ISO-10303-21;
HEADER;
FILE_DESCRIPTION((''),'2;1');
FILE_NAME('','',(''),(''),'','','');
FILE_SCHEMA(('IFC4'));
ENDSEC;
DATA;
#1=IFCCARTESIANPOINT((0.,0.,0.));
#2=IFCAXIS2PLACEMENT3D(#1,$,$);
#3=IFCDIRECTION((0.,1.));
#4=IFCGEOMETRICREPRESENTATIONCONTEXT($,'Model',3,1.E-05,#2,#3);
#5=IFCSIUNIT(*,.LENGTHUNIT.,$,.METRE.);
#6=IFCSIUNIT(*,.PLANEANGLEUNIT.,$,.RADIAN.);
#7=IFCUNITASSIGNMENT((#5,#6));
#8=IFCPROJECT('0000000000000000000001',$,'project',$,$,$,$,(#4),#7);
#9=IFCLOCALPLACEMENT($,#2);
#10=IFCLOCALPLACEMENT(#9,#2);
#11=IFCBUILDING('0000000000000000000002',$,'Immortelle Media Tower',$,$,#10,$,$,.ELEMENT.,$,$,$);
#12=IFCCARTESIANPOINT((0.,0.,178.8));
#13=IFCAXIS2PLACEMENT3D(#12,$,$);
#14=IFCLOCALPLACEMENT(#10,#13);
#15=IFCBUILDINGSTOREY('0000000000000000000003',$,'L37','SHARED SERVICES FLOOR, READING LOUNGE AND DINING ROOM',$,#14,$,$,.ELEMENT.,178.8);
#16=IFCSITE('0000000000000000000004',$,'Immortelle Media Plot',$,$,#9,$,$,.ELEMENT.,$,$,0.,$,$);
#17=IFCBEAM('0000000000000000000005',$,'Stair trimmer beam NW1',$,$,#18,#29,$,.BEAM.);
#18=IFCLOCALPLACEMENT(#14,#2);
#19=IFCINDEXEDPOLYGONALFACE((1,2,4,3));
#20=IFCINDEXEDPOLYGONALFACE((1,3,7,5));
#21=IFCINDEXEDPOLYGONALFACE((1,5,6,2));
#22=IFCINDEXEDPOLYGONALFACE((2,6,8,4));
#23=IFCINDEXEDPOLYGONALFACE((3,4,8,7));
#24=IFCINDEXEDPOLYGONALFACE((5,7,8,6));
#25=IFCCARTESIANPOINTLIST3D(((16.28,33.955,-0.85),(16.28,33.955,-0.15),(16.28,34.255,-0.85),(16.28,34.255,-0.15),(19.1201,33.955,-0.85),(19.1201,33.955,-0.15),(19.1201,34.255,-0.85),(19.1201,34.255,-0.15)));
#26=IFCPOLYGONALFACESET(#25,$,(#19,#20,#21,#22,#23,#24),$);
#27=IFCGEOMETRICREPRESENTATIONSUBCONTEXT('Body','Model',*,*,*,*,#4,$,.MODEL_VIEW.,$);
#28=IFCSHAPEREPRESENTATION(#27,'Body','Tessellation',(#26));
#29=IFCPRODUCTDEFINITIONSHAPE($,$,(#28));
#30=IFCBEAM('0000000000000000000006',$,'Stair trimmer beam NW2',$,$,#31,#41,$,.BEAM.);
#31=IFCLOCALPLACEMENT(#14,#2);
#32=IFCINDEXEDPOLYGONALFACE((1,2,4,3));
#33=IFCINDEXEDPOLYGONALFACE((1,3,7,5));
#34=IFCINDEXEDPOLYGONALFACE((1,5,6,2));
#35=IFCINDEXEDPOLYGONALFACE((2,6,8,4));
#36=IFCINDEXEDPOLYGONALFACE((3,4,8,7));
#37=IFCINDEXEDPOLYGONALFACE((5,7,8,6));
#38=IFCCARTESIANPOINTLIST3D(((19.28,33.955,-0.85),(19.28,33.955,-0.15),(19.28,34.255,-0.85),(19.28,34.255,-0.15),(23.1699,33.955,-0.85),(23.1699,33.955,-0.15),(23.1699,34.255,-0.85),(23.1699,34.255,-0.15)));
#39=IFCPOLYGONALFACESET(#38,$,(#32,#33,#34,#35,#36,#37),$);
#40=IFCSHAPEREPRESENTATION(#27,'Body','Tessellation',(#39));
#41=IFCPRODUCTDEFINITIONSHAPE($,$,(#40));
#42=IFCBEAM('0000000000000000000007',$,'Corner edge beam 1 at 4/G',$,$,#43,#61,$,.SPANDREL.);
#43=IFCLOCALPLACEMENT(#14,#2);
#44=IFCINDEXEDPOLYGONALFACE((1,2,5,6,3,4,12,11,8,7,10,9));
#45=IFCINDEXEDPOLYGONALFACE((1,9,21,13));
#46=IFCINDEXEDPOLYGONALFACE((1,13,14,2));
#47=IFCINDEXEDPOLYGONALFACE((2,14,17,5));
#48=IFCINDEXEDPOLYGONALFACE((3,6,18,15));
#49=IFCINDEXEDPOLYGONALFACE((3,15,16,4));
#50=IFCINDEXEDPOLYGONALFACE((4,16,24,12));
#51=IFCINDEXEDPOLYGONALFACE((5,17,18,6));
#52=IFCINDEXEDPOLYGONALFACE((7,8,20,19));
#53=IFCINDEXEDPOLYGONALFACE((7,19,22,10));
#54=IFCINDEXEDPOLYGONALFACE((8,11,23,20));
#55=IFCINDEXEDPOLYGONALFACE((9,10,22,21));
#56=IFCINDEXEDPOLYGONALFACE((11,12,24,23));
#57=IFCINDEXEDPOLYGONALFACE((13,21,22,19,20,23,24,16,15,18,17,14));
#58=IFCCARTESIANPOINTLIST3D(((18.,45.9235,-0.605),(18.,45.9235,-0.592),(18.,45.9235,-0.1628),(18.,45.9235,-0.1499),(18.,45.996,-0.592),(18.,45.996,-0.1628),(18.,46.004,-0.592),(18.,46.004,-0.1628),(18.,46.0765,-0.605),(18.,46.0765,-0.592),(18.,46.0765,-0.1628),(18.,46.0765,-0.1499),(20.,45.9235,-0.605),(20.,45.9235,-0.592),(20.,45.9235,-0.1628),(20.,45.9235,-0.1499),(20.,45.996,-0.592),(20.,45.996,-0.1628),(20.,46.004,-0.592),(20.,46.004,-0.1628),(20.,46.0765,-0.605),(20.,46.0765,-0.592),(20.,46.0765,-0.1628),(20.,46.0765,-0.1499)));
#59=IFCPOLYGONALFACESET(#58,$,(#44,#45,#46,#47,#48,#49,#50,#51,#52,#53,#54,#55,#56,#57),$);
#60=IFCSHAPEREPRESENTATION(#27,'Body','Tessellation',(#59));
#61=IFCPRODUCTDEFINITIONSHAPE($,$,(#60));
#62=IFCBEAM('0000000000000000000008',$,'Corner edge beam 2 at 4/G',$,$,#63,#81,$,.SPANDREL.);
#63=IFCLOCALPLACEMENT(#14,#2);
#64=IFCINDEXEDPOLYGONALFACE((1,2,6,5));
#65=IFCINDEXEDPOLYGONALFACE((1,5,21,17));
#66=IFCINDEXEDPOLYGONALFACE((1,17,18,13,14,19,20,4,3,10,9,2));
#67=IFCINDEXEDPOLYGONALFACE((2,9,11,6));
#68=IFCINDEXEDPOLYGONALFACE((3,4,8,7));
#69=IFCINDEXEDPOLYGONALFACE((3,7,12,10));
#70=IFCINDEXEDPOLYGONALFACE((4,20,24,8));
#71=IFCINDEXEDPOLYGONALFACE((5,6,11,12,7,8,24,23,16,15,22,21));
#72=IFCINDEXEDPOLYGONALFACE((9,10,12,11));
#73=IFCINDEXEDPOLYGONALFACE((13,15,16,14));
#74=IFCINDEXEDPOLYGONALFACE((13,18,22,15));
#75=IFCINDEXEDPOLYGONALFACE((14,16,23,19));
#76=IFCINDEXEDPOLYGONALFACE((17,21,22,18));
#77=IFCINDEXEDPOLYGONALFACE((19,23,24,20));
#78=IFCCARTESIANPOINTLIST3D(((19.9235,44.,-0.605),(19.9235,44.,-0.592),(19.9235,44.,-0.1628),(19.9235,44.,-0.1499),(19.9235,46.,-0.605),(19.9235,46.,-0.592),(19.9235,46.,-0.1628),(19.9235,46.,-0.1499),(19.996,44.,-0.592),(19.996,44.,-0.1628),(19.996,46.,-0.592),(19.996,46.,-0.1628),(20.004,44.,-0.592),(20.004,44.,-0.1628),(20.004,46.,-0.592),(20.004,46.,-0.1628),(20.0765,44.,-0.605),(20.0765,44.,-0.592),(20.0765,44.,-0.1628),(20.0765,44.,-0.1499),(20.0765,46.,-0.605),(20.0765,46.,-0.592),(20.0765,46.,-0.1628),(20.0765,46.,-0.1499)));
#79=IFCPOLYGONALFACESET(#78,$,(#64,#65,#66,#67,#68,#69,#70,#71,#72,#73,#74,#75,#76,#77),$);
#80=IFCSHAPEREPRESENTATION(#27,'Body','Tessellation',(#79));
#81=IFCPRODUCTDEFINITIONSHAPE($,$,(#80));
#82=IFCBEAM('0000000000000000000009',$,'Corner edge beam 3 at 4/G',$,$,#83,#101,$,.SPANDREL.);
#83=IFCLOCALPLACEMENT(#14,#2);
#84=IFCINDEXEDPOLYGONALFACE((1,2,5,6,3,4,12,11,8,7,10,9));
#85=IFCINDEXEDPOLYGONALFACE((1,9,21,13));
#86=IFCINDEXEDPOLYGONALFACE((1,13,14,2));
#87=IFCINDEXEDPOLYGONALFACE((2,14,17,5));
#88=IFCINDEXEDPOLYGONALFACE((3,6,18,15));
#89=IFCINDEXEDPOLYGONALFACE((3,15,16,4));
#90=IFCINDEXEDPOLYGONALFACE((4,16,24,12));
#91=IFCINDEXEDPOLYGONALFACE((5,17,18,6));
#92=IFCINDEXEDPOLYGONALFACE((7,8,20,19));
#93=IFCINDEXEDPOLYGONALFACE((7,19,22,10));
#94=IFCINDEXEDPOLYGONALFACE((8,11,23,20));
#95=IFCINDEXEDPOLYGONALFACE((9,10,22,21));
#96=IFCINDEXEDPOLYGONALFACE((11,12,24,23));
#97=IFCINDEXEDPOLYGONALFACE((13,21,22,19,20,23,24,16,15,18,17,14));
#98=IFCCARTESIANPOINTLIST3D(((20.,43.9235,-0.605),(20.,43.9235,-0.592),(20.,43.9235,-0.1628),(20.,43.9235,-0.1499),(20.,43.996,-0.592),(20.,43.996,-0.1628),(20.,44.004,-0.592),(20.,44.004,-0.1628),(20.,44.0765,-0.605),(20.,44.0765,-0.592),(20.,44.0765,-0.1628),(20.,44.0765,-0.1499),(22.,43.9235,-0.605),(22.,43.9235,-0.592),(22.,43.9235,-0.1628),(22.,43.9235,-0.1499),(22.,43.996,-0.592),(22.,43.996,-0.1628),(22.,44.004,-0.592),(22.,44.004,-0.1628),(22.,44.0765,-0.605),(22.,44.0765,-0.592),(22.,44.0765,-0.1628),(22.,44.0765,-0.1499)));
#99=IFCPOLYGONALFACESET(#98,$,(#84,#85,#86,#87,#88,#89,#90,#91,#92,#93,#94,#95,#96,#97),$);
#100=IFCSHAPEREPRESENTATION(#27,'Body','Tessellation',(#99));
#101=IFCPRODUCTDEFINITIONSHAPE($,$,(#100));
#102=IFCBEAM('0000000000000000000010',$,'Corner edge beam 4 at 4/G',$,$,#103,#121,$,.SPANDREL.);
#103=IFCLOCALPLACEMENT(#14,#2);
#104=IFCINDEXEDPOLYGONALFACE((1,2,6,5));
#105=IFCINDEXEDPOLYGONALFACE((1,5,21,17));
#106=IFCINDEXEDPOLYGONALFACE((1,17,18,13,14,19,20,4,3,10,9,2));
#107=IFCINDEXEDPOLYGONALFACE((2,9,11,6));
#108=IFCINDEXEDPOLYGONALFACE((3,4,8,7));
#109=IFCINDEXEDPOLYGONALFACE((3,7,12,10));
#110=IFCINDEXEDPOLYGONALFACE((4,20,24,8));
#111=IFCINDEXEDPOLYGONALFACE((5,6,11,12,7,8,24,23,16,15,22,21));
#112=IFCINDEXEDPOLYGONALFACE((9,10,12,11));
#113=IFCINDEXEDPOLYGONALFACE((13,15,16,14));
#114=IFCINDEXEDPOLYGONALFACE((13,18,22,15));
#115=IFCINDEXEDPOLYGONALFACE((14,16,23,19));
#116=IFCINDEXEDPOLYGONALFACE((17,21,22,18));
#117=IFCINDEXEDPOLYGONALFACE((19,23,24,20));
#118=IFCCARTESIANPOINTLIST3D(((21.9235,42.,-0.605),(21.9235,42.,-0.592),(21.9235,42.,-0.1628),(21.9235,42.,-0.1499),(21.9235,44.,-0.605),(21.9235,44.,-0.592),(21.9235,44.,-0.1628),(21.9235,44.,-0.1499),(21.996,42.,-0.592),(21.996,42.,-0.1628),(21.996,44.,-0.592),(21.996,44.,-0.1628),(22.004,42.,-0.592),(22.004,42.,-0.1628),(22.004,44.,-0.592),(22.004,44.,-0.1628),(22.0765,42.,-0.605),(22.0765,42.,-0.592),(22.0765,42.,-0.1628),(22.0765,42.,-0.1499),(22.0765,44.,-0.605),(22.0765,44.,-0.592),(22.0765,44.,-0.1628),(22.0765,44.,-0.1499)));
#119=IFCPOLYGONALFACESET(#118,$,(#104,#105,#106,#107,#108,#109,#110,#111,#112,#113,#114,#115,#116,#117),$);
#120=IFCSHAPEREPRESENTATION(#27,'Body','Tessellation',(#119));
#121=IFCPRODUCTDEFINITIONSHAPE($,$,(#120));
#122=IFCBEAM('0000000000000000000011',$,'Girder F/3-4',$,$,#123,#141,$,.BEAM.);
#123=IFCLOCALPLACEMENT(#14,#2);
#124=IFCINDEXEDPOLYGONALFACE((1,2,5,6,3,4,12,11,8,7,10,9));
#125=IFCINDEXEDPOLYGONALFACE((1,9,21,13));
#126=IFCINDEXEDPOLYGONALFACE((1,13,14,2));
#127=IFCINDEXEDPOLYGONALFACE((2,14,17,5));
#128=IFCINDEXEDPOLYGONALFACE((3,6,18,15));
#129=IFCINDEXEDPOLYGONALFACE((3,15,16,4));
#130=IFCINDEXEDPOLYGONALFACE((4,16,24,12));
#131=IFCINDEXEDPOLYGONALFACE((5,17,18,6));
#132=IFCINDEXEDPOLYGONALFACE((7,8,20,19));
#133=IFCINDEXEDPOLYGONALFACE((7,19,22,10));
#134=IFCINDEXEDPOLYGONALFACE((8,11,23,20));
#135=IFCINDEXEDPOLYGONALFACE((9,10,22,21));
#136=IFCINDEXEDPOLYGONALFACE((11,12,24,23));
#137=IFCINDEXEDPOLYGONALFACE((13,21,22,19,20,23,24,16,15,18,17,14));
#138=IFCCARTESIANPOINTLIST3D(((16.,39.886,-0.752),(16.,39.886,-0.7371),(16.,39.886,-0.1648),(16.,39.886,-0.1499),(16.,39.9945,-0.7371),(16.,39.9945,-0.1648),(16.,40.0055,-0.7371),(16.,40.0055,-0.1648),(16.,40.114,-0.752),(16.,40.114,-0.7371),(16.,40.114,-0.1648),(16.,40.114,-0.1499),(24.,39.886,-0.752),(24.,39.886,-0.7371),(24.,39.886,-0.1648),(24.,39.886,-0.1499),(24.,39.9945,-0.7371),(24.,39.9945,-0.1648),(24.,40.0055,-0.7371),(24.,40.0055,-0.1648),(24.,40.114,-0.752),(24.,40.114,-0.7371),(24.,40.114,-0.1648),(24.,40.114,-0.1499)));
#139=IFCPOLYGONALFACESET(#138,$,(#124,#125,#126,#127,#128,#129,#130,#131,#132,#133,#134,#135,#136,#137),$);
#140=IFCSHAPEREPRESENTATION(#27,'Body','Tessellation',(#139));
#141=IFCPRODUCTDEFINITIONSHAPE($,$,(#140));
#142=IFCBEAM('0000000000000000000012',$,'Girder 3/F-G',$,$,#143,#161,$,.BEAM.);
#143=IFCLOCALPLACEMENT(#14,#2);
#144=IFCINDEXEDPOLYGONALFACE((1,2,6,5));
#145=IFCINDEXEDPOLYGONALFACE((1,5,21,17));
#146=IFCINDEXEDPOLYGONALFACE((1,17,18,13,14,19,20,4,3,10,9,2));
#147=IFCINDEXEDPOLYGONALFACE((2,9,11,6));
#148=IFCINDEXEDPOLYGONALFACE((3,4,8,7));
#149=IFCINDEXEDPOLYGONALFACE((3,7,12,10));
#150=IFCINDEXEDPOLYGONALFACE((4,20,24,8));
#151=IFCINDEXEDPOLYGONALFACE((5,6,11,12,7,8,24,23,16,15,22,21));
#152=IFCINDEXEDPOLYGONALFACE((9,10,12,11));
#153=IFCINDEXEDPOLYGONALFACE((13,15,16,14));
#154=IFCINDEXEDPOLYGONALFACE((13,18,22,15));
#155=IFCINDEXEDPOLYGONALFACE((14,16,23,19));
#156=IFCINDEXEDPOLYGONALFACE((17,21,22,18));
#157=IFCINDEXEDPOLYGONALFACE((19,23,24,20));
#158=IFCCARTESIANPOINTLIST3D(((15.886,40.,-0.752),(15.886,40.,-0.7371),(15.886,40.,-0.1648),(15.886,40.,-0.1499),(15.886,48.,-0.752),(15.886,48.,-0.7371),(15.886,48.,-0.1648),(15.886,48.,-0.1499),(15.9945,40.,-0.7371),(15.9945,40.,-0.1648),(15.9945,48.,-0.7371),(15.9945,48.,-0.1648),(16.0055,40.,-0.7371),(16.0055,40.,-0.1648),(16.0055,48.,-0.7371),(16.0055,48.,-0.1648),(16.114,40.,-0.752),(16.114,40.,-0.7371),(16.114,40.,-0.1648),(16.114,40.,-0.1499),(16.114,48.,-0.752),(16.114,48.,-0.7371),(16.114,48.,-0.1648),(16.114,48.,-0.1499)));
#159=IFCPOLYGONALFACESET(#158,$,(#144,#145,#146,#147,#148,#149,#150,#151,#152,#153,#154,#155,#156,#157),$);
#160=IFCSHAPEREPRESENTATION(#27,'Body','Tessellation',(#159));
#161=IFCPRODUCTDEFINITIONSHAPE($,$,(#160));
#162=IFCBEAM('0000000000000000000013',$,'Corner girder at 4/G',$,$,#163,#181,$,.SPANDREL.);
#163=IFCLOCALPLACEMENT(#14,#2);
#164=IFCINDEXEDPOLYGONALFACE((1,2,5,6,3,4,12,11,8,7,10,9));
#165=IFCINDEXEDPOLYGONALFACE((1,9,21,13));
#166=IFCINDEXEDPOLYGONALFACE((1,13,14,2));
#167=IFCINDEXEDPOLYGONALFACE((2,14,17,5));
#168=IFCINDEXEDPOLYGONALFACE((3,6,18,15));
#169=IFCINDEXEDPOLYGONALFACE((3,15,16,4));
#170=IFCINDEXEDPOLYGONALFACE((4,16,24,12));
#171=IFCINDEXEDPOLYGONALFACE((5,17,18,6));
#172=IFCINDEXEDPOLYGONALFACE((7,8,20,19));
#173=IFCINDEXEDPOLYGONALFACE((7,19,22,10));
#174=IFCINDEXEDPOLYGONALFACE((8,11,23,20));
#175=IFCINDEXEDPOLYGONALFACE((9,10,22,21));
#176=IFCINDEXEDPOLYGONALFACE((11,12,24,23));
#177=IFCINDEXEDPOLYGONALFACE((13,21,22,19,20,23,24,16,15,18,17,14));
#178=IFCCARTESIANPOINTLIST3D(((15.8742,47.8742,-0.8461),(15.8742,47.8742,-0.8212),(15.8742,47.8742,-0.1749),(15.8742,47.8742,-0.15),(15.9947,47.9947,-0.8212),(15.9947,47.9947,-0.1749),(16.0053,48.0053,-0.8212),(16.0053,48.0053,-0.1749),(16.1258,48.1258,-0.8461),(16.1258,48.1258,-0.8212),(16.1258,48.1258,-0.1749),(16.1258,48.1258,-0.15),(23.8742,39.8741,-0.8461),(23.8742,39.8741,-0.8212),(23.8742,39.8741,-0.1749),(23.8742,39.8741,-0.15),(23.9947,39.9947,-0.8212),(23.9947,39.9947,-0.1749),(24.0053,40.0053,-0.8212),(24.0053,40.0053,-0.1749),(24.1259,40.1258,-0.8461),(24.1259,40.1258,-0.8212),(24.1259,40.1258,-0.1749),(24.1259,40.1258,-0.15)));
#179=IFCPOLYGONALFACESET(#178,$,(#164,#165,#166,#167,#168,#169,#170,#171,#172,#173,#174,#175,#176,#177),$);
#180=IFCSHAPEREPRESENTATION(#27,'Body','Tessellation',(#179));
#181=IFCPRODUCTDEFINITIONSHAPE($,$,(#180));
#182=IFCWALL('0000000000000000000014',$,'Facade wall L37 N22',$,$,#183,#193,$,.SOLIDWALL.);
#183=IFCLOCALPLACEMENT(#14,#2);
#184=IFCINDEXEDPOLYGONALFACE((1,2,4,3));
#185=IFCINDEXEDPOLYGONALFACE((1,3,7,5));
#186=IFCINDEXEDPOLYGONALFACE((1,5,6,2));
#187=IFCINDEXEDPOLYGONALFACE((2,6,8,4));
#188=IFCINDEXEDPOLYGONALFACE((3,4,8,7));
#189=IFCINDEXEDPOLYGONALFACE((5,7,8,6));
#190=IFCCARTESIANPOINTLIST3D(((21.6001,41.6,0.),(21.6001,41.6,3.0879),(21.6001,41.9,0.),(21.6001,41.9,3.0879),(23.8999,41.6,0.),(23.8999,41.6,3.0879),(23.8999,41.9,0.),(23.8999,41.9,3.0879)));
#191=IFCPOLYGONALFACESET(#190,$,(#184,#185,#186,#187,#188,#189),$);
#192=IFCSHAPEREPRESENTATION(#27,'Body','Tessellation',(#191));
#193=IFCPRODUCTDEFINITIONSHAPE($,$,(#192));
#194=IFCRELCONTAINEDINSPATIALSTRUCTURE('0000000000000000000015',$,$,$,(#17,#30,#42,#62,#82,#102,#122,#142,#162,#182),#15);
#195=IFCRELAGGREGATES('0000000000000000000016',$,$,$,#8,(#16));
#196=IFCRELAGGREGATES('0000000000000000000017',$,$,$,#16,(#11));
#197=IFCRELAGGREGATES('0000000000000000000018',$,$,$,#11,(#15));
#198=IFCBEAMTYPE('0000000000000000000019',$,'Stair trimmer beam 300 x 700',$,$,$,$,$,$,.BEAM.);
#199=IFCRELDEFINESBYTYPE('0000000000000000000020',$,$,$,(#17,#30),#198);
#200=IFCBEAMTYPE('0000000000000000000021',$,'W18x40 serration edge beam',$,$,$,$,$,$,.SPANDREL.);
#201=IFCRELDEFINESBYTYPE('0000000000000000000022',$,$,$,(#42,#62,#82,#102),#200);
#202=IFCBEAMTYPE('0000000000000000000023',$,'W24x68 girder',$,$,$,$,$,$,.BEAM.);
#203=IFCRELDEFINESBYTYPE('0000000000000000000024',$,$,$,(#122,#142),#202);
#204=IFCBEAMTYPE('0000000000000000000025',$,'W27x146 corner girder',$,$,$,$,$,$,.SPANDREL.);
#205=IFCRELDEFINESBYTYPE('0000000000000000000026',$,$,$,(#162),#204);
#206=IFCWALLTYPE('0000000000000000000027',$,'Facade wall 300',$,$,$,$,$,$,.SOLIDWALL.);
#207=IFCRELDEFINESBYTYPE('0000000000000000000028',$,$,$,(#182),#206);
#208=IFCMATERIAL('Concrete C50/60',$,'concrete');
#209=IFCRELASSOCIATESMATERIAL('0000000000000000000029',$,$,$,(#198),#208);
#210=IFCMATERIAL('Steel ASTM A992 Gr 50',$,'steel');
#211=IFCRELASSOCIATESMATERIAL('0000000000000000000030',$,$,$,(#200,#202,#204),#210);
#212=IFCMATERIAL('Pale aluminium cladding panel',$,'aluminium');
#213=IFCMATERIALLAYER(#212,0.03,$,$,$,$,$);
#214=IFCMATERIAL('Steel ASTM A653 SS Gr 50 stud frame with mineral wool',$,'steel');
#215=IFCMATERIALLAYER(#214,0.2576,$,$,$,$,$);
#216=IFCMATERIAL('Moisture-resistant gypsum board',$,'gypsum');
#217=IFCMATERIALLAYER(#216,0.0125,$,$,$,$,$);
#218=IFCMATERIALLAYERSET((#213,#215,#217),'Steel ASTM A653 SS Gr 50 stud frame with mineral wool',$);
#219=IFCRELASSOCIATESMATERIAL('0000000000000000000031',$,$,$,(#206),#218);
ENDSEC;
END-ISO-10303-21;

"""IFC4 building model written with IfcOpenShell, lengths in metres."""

from ifc_helpers import new_model, si_unit, direction, frame, frame_2d, origin, origin_2d, place, context, subcontext, project, spatial, rectangle, i_section, extrude, material, layer, layer_set, material_profile, profile_set, type_object, element, save


model = new_model("IFC4")

# Units and contexts
model_context = context("Model", 3, precision=1e-05, world=origin(), true_north=direction((0.0, 1.0)))
body_context = subcontext(model_context, "Body", "Model", "MODEL_VIEW")
ifc_project = project(units=[si_unit("LENGTHUNIT", "METRE"), si_unit("PLANEANGLEUNIT", "RADIAN")], contexts=[model_context])

# Site, building, storey
site_placement = place(None, origin())
site = spatial("IfcSite", under=ifc_project, at=site_placement, Name="Immortelle Media Plot", CompositionType="ELEMENT", RefElevation=0.0)
building_placement = place(site_placement, origin())
building = spatial("IfcBuilding", under=site, at=building_placement, Name="Immortelle Media Tower", CompositionType="ELEMENT")
storey_placement = place(building_placement, frame((0.0, 0.0, 178.8)))
storey = spatial("IfcBuildingStorey", under=building, at=storey_placement, Name="L37", Description="SHARED SERVICES FLOOR, READING LOUNGE AND DINING ROOM", CompositionType="ELEMENT", Elevation=178.8)

# Beams
ifc_material_1 = material(Name="Concrete C50/60", Category="concrete")
ifc_material_profile_1 = material_profile(ifc_material_1, rectangle(XDim=0.3, YDim=0.7, at=origin_2d()), Name="RC 300x700")
ifc_profile_set_1 = profile_set([ifc_material_profile_1], Name="Concrete C50/60")
beam_type_1 = type_object("IfcBeamType", Name="Stair trimmer beam 300 x 700", PredefinedType="BEAM", material=ifc_profile_set_1)
beam_1_placement = place(storey_placement, frame((16.28, 34.105, -0.5), z_axis=(1.0, 0.0, 0.0), x_axis=(0.0, 1.0, 0.0)))
element("IfcBeam", 1, at=beam_1_placement, inside=storey, type_object=beam_type_1, Name="Stair trimmer beam NW1", PredefinedType="BEAM", context=body_context, shape_type="SweptSolid", body=[
    extrude(rectangle(XDim=0.3, YDim=0.7, at=origin_2d()), origin(), (0.0, 0.0, 1.0), 2.8401),
])
beam_2_placement = place(storey_placement, frame((19.28, 34.105, -0.5), z_axis=(1.0, 0.0, 0.0), x_axis=(0.0, 1.0, 0.0)))
element("IfcBeam", 2, at=beam_2_placement, inside=storey, type_object=beam_type_1, Name="Stair trimmer beam NW2", PredefinedType="BEAM", context=body_context, shape_type="SweptSolid", body=[
    extrude(rectangle(XDim=0.3, YDim=0.7, at=origin_2d()), origin(), (0.0, 0.0, 1.0), 3.8899),
])
ifc_material_2 = material(Name="Steel ASTM A992 Gr 50", Category="steel")
ifc_material_profile_2 = material_profile(ifc_material_2, i_section(OverallWidth=0.1531, OverallDepth=0.4551, WebThickness=0.0081, FlangeThickness=0.0129, at=origin_2d()), Name="W18x40")
ifc_profile_set_2 = profile_set([ifc_material_profile_2], Name="Steel ASTM A992 Gr 50")
beam_type_2 = type_object("IfcBeamType", Name="W18x40 serration edge beam", PredefinedType="SPANDREL", material=ifc_profile_set_2)
for number, where, z_axis, x_axis, name in (
    (3, (18.0, 46.0, -0.3774), (1.0, 0.0, 0.0), (0.0, 1.0, 0.0), "Corner edge beam 1 at 4/G"),
    (4, (20.0, 46.0, -0.3774), (0.0, -1.0, 0.0), (1.0, 0.0, 0.0), "Corner edge beam 2 at 4/G"),
    (5, (20.0, 44.0, -0.3774), (1.0, 0.0, 0.0), (0.0, 1.0, 0.0), "Corner edge beam 3 at 4/G"),
    (6, (22.0, 44.0, -0.3774), (0.0, -1.0, 0.0), (1.0, 0.0, 0.0), "Corner edge beam 4 at 4/G"),
):
    element("IfcBeam", number, at=place(storey_placement, frame(where, z_axis=z_axis, x_axis=x_axis)), inside=storey, type_object=beam_type_2, Name=name, PredefinedType="SPANDREL", context=body_context, shape_type="SweptSolid", body=[
        extrude(i_section(OverallWidth=0.1531, OverallDepth=0.4551, WebThickness=0.0081, FlangeThickness=0.0129, at=origin_2d()), origin(), (0.0, 0.0, 1.0), 2.0),
    ])
ifc_material_profile_3 = material_profile(ifc_material_2, i_section(OverallWidth=0.228, OverallDepth=0.6021, WebThickness=0.011, FlangeThickness=0.0149, at=origin_2d()), Name="W24x68")
ifc_profile_set_3 = profile_set([ifc_material_profile_3], Name="Steel ASTM A992 Gr 50")
beam_type_3 = type_object("IfcBeamType", Name="W24x68 girder", PredefinedType="BEAM", material=ifc_profile_set_3)
for number, where, z_axis, x_axis, name in (
    (7, (16.0, 40.0, -0.4509), (1.0, 0.0, 0.0), (0.0, 1.0, 0.0), "Girder F/3-4"),
    (8, (16.0, 40.0, -0.4509), (0.0, 1.0, 0.0), (-1.0, 0.0, 0.0), "Girder 3/F-G"),
):
    element("IfcBeam", number, at=place(storey_placement, frame(where, z_axis=z_axis, x_axis=x_axis)), inside=storey, type_object=beam_type_3, Name=name, PredefinedType="BEAM", context=body_context, shape_type="SweptSolid", body=[
        extrude(i_section(OverallWidth=0.228, OverallDepth=0.6021, WebThickness=0.011, FlangeThickness=0.0149, at=origin_2d()), origin(), (0.0, 0.0, 1.0), 8.0),
    ])
ifc_material_profile_4 = material_profile(ifc_material_2, i_section(OverallWidth=0.356, OverallDepth=0.696, WebThickness=0.0149, FlangeThickness=0.0249, at=origin_2d()), Name="W27x146")
ifc_profile_set_4 = profile_set([ifc_material_profile_4], Name="Steel ASTM A992 Gr 50")
beam_type_4 = type_object("IfcBeamType", Name="W27x146 corner girder", PredefinedType="SPANDREL", material=ifc_profile_set_4)
beam_3_placement = place(storey_placement, frame((16.0, 48.0, -0.498), z_axis=(0.707107, -0.707107, 0.0), x_axis=(0.707107, 0.707107, 0.0)))
element("IfcBeam", 9, at=beam_3_placement, inside=storey, type_object=beam_type_4, Name="Corner girder at 4/G", PredefinedType="SPANDREL", context=body_context, shape_type="SweptSolid", body=[
    extrude(i_section(OverallWidth=0.356, OverallDepth=0.696, WebThickness=0.0149, FlangeThickness=0.0249, at=origin_2d()), origin(), (0.0, 0.0, 1.0), 11.3137),
])

# Wall
ifc_material_3 = material(Name="Pale aluminium cladding panel", Category="aluminium")
ifc_layer_1 = layer(ifc_material_3, 0.03)
ifc_material_4 = material(Name="Steel ASTM A653 SS Gr 50 stud frame with mineral wool", Category="steel")
ifc_layer_2 = layer(ifc_material_4, 0.2576)
ifc_material_5 = material(Name="Moisture-resistant gypsum board", Category="gypsum")
ifc_layer_3 = layer(ifc_material_5, 0.0125)
ifc_layer_set_1 = layer_set([ifc_layer_1, ifc_layer_2, ifc_layer_3], Name="Steel ASTM A653 SS Gr 50 stud frame with mineral wool")
wall_type_1 = type_object("IfcWallType", Name="Facade wall 300", PredefinedType="SOLIDWALL", material=ifc_layer_set_1)
wall_1_placement = place(storey_placement, frame((23.8999, 41.75, 0.0), z_axis=(0.0, 0.0, 1.0), x_axis=(-1.0, 0.0, 0.0)))
element("IfcWall", 10, at=wall_1_placement, inside=storey, type_object=wall_type_1, Name="Facade wall L37 N22", PredefinedType="SOLIDWALL", context=body_context, shape_type="SweptSolid", body=[
    extrude(rectangle(XDim=2.2998, YDim=0.3, at=frame_2d((1.1499, 0.0))), origin(), (0.0, 0.0, 1.0), 3.0879),
])

save(model, "model.ifc")
